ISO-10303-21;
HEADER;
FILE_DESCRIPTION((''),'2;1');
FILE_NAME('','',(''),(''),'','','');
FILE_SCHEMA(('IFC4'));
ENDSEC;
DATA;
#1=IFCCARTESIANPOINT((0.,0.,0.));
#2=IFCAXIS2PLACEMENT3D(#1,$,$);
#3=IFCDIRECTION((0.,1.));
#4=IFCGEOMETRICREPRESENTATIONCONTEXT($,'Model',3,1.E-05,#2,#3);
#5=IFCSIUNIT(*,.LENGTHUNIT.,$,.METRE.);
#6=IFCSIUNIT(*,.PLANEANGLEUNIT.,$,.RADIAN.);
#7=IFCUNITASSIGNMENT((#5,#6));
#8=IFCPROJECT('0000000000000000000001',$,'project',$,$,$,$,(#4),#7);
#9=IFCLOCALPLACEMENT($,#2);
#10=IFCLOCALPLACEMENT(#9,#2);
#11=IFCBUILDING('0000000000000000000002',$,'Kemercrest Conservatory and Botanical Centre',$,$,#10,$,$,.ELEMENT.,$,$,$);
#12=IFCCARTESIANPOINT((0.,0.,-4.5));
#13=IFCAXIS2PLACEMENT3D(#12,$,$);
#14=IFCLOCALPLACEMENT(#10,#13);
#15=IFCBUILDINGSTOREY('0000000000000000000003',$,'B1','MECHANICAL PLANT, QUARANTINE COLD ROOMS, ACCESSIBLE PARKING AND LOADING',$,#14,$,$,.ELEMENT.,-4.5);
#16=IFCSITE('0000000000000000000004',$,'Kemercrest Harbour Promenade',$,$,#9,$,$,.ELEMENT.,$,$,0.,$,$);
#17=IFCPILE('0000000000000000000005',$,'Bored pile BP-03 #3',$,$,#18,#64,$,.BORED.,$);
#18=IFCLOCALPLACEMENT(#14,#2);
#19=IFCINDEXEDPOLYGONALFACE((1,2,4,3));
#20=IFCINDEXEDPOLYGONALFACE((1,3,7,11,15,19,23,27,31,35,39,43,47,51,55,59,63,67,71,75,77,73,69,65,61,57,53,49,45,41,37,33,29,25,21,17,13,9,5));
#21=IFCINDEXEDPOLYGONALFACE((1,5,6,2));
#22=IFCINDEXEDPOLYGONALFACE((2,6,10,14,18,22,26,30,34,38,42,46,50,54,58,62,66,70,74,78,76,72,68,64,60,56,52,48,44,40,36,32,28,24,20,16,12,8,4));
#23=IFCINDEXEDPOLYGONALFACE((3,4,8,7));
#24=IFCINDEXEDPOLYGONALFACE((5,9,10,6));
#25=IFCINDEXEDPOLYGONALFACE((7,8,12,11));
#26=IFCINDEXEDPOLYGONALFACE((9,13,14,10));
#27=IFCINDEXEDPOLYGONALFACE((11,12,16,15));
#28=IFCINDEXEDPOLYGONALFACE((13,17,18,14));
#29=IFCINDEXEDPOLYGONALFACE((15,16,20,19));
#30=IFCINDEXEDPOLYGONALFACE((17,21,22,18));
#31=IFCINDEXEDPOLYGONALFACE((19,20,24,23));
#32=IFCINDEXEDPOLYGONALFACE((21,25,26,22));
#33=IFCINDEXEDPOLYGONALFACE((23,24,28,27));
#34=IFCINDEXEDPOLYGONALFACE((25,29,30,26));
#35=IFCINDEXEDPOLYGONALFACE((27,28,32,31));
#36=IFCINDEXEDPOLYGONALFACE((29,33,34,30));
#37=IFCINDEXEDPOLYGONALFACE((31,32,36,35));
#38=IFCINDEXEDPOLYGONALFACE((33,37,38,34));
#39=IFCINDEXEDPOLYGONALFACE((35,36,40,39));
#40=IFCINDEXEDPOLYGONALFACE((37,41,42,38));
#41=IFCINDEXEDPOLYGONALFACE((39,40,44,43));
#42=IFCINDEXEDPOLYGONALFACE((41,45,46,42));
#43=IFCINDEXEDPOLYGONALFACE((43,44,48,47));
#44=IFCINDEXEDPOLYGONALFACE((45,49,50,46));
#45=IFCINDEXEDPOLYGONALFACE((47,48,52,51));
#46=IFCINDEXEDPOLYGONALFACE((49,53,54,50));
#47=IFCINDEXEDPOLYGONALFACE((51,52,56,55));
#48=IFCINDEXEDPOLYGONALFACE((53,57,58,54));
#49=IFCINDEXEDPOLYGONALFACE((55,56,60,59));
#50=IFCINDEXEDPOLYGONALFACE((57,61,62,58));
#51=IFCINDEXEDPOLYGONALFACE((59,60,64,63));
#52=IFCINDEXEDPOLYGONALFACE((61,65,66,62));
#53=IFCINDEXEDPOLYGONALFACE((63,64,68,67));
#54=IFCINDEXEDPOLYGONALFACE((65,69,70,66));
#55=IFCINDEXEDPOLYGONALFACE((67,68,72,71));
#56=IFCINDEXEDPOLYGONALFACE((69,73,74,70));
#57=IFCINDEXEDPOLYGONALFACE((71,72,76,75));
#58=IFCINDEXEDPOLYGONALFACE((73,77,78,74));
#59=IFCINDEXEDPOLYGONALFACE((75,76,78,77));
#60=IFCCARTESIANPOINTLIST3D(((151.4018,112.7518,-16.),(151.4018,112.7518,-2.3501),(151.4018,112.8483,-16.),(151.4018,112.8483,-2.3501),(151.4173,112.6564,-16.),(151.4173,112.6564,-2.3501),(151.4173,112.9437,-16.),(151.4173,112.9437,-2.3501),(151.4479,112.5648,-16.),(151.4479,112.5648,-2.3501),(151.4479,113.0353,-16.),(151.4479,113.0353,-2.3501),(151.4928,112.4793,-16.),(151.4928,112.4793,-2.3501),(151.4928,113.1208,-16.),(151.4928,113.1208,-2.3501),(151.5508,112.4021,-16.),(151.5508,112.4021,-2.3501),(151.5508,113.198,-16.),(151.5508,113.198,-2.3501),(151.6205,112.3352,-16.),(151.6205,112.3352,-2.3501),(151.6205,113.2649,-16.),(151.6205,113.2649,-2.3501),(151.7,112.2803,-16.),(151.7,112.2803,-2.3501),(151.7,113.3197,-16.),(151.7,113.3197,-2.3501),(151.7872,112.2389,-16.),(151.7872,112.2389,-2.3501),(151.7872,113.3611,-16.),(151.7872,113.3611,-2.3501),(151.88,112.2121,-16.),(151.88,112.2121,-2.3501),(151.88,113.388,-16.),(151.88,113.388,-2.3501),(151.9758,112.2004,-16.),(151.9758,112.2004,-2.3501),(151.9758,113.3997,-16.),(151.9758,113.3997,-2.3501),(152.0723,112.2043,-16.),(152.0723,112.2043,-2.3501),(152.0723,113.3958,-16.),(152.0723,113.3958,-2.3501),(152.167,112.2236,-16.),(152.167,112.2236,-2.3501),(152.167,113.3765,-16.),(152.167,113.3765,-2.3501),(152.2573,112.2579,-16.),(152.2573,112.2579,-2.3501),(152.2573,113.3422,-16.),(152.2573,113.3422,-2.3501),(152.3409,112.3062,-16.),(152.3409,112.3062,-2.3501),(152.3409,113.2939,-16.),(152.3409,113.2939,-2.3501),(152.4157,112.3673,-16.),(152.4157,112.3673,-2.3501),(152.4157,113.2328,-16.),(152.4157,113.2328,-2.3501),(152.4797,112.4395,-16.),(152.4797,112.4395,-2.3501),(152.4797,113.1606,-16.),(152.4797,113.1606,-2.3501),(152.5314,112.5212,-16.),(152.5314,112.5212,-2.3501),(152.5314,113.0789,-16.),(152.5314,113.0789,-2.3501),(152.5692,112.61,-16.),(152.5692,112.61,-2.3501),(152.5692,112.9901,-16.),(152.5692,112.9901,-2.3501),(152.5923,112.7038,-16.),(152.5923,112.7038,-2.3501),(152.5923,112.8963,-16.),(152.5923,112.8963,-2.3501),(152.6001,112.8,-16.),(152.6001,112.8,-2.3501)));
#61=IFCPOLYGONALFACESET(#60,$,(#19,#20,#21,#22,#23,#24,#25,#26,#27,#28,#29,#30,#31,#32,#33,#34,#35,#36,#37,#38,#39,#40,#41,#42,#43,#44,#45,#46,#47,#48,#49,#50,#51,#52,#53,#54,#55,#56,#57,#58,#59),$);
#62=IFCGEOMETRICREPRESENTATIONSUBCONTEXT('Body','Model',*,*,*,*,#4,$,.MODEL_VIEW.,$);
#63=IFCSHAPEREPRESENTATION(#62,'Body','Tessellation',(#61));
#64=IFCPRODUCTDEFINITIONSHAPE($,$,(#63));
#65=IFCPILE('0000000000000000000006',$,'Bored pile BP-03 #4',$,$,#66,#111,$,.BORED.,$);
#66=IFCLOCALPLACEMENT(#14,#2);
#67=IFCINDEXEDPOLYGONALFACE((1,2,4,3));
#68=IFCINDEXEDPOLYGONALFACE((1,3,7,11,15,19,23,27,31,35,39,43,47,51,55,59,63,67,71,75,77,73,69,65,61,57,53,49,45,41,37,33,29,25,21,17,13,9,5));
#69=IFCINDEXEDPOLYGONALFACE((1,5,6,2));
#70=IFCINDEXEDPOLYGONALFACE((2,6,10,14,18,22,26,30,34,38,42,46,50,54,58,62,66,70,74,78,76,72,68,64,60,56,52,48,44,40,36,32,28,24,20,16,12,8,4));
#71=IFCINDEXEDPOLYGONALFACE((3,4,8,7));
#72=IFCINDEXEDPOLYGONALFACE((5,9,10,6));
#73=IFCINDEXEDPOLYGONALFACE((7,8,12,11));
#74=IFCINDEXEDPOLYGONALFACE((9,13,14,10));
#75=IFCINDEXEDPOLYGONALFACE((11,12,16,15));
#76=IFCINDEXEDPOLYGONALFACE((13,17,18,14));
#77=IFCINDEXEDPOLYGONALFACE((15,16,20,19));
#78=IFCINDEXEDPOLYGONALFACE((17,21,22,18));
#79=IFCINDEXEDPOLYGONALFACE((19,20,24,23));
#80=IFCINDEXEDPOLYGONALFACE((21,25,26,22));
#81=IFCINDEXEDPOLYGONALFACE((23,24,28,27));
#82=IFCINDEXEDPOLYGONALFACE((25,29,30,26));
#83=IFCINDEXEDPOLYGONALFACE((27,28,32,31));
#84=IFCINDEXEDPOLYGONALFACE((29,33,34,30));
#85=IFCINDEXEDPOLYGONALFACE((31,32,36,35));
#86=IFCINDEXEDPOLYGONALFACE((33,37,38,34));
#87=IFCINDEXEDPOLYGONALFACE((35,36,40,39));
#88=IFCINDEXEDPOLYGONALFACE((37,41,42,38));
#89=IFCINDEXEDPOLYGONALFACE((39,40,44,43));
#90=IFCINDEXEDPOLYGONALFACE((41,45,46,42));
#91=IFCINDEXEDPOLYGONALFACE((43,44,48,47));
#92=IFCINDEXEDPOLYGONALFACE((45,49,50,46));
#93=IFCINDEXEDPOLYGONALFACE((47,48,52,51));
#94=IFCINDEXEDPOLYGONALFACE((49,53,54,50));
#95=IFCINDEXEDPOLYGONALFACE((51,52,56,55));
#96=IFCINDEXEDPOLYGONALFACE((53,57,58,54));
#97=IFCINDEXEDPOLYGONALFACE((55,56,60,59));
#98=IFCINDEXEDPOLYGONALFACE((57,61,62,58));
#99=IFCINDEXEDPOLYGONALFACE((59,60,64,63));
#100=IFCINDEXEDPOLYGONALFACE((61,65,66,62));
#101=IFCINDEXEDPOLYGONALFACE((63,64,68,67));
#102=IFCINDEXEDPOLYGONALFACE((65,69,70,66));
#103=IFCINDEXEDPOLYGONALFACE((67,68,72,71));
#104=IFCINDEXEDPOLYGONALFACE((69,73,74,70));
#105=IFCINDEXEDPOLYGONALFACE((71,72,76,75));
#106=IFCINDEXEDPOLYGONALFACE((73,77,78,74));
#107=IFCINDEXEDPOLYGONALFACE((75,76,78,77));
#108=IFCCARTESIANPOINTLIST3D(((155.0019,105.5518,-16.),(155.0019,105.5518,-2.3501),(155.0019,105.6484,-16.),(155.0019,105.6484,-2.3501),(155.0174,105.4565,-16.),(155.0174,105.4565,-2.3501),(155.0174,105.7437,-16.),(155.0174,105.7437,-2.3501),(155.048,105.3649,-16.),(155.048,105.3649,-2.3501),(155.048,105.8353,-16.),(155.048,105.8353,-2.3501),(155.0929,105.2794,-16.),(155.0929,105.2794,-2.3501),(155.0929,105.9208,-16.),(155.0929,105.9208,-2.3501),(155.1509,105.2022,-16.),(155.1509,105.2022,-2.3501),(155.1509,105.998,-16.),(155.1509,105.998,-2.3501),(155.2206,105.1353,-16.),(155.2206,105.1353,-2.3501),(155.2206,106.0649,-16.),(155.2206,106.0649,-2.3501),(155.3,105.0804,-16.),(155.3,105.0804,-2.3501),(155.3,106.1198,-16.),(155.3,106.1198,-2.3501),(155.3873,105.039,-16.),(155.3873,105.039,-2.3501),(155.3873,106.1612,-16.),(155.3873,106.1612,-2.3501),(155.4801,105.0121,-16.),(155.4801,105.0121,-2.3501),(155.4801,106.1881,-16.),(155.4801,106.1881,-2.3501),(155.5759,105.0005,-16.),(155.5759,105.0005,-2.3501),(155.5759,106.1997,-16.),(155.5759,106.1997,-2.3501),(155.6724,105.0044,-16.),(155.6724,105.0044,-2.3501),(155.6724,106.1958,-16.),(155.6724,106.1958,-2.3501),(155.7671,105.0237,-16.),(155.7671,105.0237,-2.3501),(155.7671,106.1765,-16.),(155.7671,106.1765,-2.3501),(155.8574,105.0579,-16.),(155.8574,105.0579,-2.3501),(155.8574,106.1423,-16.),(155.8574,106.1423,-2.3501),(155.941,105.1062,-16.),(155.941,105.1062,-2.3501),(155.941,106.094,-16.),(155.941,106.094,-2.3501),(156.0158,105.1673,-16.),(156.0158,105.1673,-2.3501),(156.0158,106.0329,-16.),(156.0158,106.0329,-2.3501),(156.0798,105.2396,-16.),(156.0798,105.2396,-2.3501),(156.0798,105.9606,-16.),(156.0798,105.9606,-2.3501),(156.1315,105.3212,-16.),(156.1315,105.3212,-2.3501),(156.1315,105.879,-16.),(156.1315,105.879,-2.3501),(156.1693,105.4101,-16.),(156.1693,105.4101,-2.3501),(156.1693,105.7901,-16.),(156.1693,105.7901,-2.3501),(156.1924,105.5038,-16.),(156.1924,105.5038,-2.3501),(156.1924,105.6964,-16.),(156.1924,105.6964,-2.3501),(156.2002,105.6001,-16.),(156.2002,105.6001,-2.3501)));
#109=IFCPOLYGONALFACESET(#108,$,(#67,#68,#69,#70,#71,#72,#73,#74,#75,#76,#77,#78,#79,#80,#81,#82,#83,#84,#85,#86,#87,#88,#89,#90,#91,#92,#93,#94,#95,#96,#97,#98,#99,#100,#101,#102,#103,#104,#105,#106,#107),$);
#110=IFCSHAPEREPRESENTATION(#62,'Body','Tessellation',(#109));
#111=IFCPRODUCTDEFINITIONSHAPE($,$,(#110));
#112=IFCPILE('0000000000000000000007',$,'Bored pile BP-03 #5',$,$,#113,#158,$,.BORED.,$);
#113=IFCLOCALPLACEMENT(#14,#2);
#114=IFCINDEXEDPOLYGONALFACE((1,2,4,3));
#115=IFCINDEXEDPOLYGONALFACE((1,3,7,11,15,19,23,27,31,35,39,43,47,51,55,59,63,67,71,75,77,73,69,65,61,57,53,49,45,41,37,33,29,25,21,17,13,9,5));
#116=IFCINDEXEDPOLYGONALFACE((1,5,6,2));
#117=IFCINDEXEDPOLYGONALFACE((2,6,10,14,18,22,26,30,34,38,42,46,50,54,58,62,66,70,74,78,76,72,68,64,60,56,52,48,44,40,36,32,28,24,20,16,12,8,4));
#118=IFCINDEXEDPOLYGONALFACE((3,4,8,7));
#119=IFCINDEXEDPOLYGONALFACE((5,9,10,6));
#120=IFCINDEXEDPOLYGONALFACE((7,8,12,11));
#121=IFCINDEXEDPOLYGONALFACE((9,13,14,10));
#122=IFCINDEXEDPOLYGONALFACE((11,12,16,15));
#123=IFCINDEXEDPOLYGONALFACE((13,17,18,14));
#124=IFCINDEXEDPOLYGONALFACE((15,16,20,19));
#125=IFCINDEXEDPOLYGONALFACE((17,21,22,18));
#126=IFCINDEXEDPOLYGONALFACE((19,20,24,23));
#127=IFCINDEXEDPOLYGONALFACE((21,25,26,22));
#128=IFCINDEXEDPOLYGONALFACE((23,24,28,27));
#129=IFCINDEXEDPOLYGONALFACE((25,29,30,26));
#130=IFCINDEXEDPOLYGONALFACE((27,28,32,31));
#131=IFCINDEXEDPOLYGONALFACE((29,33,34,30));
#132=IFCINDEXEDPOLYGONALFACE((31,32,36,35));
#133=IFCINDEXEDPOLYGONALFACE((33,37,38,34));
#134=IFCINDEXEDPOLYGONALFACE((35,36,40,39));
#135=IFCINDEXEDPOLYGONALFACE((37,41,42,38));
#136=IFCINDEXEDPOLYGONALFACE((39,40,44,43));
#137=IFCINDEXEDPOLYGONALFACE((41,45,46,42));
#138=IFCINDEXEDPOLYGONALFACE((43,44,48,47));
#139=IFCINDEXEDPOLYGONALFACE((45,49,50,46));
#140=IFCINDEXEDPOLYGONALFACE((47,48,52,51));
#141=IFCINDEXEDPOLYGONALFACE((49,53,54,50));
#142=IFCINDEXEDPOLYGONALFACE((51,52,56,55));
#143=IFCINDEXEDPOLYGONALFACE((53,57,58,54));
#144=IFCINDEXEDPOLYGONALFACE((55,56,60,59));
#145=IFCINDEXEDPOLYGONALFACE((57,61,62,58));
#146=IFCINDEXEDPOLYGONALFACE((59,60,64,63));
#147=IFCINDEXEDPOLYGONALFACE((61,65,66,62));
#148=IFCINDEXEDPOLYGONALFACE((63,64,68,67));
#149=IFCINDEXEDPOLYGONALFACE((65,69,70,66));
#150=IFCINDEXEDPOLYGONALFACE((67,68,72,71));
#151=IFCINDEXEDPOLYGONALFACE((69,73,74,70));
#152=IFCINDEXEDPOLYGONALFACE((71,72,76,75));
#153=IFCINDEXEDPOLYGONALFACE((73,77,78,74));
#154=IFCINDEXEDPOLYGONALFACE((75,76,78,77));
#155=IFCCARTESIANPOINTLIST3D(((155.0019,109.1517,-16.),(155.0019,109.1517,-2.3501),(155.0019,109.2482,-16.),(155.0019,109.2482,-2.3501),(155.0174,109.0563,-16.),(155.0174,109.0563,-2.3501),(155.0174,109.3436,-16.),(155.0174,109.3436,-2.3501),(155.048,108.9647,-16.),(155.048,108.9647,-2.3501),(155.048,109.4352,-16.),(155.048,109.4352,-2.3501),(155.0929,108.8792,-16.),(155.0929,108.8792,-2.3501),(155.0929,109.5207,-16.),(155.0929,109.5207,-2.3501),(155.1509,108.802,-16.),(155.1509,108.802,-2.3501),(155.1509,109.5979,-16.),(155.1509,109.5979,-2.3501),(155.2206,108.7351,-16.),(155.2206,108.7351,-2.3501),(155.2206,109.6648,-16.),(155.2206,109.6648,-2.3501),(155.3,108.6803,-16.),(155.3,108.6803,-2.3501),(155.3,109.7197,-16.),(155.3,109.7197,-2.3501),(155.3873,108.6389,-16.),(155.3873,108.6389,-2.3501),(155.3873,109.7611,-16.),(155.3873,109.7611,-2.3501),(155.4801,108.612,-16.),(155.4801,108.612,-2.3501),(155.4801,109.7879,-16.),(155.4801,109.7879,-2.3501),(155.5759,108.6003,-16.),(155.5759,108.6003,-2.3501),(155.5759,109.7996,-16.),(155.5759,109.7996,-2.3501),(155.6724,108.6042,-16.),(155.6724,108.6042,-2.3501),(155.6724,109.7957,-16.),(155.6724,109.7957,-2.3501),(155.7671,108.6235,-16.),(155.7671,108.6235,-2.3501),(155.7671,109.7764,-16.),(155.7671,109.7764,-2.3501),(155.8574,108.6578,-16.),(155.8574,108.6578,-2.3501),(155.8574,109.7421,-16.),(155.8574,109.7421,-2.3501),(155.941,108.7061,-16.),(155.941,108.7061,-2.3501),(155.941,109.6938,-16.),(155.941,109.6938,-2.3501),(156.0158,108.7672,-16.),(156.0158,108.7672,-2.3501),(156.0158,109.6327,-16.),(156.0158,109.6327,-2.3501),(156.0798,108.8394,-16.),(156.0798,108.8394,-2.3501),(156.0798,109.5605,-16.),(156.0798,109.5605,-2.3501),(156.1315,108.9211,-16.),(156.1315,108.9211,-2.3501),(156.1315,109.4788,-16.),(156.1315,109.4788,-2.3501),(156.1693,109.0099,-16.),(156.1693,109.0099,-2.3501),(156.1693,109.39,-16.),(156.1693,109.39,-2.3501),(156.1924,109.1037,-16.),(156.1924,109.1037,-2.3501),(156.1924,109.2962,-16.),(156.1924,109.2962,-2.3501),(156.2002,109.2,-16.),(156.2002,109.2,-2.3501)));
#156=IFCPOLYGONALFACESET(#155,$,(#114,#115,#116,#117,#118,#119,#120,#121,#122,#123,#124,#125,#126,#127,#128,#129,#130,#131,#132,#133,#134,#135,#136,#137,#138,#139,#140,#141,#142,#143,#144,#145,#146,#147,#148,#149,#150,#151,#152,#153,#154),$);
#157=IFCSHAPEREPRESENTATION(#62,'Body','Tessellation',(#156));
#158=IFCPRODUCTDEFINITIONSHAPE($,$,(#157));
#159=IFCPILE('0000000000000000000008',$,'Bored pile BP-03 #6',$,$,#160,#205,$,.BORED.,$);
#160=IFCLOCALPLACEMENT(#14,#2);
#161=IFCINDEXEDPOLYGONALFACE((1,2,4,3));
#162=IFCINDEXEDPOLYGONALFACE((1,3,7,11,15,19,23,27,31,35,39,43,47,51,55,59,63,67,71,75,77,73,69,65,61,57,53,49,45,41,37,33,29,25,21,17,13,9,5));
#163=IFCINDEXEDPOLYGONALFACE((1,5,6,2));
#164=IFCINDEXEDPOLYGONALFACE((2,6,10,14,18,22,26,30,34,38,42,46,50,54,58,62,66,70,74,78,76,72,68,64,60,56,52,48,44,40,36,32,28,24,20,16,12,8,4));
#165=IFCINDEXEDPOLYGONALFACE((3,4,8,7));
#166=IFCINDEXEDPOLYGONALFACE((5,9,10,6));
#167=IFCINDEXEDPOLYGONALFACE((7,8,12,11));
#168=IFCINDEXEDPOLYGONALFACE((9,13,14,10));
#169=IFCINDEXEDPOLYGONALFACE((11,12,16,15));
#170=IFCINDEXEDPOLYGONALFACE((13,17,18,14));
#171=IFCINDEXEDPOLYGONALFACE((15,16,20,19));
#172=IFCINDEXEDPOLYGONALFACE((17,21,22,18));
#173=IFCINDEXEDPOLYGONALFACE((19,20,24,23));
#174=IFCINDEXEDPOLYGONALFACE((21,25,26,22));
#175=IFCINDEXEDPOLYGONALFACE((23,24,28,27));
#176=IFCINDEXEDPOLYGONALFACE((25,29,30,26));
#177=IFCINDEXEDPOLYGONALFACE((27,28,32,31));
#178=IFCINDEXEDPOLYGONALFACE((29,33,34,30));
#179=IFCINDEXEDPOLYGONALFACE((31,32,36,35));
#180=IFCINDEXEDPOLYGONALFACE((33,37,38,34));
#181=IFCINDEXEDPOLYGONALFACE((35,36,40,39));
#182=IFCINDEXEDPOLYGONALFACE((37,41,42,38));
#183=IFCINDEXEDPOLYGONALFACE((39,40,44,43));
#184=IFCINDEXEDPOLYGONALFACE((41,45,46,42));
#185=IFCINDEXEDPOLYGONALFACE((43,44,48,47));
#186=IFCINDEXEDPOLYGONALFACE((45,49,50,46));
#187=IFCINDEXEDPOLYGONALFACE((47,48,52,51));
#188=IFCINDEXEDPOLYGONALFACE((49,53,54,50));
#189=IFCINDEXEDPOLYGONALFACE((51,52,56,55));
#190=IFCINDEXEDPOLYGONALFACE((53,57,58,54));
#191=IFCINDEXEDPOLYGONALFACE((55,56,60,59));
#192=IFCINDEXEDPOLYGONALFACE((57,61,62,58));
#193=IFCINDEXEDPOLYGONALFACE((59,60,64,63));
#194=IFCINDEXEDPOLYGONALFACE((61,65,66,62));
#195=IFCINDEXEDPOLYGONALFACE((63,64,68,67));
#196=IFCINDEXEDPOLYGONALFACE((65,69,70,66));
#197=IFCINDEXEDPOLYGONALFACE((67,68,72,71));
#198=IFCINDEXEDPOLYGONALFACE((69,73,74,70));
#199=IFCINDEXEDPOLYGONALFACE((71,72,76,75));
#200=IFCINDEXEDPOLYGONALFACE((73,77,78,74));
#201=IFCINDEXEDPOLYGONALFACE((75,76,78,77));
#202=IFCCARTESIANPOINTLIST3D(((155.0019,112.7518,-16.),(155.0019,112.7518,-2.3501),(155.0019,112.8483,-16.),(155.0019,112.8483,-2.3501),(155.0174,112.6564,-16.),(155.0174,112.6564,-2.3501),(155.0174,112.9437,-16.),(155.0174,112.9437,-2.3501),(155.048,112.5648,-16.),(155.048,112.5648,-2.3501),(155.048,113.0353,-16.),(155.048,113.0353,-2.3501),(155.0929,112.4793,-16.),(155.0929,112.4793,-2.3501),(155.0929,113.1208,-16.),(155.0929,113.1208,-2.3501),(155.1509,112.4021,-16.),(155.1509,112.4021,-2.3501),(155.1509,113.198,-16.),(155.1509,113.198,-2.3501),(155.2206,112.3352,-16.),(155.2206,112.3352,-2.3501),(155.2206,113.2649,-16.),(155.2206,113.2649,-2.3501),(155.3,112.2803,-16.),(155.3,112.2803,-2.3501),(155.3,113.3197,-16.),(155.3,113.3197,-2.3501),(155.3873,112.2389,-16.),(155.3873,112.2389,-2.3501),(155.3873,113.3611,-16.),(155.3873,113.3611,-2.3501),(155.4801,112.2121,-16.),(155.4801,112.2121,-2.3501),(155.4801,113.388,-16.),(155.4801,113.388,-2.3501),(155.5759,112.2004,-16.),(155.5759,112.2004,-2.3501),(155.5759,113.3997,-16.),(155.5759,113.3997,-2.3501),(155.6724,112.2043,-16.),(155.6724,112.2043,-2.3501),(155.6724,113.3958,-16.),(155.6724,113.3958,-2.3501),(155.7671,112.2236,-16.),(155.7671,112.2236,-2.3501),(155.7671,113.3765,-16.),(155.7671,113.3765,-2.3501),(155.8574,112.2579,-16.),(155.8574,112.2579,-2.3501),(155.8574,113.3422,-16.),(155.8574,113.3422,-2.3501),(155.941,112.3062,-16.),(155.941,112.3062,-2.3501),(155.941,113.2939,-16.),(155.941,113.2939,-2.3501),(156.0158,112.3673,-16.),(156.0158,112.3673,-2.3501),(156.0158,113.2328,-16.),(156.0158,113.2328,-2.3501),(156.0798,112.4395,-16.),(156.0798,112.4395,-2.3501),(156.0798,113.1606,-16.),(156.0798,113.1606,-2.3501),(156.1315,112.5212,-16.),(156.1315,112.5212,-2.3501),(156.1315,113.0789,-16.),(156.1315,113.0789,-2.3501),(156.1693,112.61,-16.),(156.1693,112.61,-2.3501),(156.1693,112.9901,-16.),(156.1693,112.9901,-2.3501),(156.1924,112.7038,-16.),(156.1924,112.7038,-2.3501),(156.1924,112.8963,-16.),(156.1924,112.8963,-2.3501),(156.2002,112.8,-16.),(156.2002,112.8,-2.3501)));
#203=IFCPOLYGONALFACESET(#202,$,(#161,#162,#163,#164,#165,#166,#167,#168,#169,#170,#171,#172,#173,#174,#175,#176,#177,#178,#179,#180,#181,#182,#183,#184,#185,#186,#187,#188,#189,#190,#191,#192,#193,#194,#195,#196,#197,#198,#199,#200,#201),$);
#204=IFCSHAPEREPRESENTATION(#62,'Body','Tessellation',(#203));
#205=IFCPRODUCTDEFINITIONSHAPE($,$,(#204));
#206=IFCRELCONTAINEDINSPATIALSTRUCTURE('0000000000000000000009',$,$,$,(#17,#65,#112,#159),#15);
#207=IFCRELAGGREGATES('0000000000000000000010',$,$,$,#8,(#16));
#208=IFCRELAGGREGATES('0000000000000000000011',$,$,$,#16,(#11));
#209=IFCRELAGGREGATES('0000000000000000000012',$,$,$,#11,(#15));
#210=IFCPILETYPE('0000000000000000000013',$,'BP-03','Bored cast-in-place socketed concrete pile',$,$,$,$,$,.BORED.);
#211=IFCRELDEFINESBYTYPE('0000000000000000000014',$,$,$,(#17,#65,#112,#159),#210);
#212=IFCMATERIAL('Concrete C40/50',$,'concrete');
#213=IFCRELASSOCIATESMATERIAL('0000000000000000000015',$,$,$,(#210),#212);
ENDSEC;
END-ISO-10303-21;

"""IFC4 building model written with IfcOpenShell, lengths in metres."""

from ifc_helpers import new_model, si_unit, direction, frame, origin, origin_2d, place, context, subcontext, project, spatial, circle, extrude, material, material_profile, profile_set, type_object, element, save


model = new_model("IFC4")

# Units and contexts
model_context = context("Model", 3, precision=1e-05, world=origin(), true_north=direction((0.0, 1.0)))
body_context = subcontext(model_context, "Body", "Model", "MODEL_VIEW")
ifc_project = project(units=[si_unit("LENGTHUNIT", "METRE"), si_unit("PLANEANGLEUNIT", "RADIAN")], contexts=[model_context])

# Site, building, storey
site_placement = place(None, origin())
site = spatial("IfcSite", under=ifc_project, at=site_placement, Name="Kemercrest Harbour Promenade", CompositionType="ELEMENT", RefElevation=0.0)
building_placement = place(site_placement, origin())
building = spatial("IfcBuilding", under=site, at=building_placement, Name="Kemercrest Conservatory and Botanical Centre", CompositionType="ELEMENT")
storey_placement = place(building_placement, frame((0.0, 0.0, -4.5)))
storey = spatial("IfcBuildingStorey", under=building, at=storey_placement, Name="B1", Description="MECHANICAL PLANT, QUARANTINE COLD ROOMS, ACCESSIBLE PARKING AND LOADING", CompositionType="ELEMENT", Elevation=-4.5)

# Piles
ifc_material_1 = material(Name="Concrete C40/50", Category="concrete")
ifc_material_profile_1 = material_profile(ifc_material_1, circle(Radius=0.6001, at=origin_2d()), Name="BORED PILE 1200")
ifc_profile_set_1 = profile_set([ifc_material_profile_1], Name="Concrete C40/50")
pile_type_1 = type_object("IfcPileType", Name="BP-03", Description="Bored cast-in-place socketed concrete pile", PredefinedType="BORED", material=ifc_profile_set_1)
for number, where, z_axis, x_axis, name in (
    (1, (152.0, 112.8, -2.3501), (0.0, 0.0, -1.0), (1.0, 0.0, 0.0), "Bored pile BP-03 #3"),
    (2, (155.6001, 105.6001, -2.3501), (0.0, 0.0, -1.0), (1.0, 0.0, 0.0), "Bored pile BP-03 #4"),
    (3, (155.6001, 109.2, -2.3501), (0.0, 0.0, -1.0), (1.0, 0.0, 0.0), "Bored pile BP-03 #5"),
    (4, (155.6001, 112.8, -2.3501), (0.0, 0.0, -1.0), (1.0, 0.0, 0.0), "Bored pile BP-03 #6"),
):
    element("IfcPile", number, at=place(storey_placement, frame(where, z_axis=z_axis, x_axis=x_axis)), inside=storey, type_object=pile_type_1, Name=name, PredefinedType="BORED", context=body_context, shape_type="SweptSolid", body=[
        extrude(circle(Radius=0.6001, at=origin_2d()), origin(), (0.0, 0.0, 1.0), 13.6499),
    ])

save(model, "model.ifc")
